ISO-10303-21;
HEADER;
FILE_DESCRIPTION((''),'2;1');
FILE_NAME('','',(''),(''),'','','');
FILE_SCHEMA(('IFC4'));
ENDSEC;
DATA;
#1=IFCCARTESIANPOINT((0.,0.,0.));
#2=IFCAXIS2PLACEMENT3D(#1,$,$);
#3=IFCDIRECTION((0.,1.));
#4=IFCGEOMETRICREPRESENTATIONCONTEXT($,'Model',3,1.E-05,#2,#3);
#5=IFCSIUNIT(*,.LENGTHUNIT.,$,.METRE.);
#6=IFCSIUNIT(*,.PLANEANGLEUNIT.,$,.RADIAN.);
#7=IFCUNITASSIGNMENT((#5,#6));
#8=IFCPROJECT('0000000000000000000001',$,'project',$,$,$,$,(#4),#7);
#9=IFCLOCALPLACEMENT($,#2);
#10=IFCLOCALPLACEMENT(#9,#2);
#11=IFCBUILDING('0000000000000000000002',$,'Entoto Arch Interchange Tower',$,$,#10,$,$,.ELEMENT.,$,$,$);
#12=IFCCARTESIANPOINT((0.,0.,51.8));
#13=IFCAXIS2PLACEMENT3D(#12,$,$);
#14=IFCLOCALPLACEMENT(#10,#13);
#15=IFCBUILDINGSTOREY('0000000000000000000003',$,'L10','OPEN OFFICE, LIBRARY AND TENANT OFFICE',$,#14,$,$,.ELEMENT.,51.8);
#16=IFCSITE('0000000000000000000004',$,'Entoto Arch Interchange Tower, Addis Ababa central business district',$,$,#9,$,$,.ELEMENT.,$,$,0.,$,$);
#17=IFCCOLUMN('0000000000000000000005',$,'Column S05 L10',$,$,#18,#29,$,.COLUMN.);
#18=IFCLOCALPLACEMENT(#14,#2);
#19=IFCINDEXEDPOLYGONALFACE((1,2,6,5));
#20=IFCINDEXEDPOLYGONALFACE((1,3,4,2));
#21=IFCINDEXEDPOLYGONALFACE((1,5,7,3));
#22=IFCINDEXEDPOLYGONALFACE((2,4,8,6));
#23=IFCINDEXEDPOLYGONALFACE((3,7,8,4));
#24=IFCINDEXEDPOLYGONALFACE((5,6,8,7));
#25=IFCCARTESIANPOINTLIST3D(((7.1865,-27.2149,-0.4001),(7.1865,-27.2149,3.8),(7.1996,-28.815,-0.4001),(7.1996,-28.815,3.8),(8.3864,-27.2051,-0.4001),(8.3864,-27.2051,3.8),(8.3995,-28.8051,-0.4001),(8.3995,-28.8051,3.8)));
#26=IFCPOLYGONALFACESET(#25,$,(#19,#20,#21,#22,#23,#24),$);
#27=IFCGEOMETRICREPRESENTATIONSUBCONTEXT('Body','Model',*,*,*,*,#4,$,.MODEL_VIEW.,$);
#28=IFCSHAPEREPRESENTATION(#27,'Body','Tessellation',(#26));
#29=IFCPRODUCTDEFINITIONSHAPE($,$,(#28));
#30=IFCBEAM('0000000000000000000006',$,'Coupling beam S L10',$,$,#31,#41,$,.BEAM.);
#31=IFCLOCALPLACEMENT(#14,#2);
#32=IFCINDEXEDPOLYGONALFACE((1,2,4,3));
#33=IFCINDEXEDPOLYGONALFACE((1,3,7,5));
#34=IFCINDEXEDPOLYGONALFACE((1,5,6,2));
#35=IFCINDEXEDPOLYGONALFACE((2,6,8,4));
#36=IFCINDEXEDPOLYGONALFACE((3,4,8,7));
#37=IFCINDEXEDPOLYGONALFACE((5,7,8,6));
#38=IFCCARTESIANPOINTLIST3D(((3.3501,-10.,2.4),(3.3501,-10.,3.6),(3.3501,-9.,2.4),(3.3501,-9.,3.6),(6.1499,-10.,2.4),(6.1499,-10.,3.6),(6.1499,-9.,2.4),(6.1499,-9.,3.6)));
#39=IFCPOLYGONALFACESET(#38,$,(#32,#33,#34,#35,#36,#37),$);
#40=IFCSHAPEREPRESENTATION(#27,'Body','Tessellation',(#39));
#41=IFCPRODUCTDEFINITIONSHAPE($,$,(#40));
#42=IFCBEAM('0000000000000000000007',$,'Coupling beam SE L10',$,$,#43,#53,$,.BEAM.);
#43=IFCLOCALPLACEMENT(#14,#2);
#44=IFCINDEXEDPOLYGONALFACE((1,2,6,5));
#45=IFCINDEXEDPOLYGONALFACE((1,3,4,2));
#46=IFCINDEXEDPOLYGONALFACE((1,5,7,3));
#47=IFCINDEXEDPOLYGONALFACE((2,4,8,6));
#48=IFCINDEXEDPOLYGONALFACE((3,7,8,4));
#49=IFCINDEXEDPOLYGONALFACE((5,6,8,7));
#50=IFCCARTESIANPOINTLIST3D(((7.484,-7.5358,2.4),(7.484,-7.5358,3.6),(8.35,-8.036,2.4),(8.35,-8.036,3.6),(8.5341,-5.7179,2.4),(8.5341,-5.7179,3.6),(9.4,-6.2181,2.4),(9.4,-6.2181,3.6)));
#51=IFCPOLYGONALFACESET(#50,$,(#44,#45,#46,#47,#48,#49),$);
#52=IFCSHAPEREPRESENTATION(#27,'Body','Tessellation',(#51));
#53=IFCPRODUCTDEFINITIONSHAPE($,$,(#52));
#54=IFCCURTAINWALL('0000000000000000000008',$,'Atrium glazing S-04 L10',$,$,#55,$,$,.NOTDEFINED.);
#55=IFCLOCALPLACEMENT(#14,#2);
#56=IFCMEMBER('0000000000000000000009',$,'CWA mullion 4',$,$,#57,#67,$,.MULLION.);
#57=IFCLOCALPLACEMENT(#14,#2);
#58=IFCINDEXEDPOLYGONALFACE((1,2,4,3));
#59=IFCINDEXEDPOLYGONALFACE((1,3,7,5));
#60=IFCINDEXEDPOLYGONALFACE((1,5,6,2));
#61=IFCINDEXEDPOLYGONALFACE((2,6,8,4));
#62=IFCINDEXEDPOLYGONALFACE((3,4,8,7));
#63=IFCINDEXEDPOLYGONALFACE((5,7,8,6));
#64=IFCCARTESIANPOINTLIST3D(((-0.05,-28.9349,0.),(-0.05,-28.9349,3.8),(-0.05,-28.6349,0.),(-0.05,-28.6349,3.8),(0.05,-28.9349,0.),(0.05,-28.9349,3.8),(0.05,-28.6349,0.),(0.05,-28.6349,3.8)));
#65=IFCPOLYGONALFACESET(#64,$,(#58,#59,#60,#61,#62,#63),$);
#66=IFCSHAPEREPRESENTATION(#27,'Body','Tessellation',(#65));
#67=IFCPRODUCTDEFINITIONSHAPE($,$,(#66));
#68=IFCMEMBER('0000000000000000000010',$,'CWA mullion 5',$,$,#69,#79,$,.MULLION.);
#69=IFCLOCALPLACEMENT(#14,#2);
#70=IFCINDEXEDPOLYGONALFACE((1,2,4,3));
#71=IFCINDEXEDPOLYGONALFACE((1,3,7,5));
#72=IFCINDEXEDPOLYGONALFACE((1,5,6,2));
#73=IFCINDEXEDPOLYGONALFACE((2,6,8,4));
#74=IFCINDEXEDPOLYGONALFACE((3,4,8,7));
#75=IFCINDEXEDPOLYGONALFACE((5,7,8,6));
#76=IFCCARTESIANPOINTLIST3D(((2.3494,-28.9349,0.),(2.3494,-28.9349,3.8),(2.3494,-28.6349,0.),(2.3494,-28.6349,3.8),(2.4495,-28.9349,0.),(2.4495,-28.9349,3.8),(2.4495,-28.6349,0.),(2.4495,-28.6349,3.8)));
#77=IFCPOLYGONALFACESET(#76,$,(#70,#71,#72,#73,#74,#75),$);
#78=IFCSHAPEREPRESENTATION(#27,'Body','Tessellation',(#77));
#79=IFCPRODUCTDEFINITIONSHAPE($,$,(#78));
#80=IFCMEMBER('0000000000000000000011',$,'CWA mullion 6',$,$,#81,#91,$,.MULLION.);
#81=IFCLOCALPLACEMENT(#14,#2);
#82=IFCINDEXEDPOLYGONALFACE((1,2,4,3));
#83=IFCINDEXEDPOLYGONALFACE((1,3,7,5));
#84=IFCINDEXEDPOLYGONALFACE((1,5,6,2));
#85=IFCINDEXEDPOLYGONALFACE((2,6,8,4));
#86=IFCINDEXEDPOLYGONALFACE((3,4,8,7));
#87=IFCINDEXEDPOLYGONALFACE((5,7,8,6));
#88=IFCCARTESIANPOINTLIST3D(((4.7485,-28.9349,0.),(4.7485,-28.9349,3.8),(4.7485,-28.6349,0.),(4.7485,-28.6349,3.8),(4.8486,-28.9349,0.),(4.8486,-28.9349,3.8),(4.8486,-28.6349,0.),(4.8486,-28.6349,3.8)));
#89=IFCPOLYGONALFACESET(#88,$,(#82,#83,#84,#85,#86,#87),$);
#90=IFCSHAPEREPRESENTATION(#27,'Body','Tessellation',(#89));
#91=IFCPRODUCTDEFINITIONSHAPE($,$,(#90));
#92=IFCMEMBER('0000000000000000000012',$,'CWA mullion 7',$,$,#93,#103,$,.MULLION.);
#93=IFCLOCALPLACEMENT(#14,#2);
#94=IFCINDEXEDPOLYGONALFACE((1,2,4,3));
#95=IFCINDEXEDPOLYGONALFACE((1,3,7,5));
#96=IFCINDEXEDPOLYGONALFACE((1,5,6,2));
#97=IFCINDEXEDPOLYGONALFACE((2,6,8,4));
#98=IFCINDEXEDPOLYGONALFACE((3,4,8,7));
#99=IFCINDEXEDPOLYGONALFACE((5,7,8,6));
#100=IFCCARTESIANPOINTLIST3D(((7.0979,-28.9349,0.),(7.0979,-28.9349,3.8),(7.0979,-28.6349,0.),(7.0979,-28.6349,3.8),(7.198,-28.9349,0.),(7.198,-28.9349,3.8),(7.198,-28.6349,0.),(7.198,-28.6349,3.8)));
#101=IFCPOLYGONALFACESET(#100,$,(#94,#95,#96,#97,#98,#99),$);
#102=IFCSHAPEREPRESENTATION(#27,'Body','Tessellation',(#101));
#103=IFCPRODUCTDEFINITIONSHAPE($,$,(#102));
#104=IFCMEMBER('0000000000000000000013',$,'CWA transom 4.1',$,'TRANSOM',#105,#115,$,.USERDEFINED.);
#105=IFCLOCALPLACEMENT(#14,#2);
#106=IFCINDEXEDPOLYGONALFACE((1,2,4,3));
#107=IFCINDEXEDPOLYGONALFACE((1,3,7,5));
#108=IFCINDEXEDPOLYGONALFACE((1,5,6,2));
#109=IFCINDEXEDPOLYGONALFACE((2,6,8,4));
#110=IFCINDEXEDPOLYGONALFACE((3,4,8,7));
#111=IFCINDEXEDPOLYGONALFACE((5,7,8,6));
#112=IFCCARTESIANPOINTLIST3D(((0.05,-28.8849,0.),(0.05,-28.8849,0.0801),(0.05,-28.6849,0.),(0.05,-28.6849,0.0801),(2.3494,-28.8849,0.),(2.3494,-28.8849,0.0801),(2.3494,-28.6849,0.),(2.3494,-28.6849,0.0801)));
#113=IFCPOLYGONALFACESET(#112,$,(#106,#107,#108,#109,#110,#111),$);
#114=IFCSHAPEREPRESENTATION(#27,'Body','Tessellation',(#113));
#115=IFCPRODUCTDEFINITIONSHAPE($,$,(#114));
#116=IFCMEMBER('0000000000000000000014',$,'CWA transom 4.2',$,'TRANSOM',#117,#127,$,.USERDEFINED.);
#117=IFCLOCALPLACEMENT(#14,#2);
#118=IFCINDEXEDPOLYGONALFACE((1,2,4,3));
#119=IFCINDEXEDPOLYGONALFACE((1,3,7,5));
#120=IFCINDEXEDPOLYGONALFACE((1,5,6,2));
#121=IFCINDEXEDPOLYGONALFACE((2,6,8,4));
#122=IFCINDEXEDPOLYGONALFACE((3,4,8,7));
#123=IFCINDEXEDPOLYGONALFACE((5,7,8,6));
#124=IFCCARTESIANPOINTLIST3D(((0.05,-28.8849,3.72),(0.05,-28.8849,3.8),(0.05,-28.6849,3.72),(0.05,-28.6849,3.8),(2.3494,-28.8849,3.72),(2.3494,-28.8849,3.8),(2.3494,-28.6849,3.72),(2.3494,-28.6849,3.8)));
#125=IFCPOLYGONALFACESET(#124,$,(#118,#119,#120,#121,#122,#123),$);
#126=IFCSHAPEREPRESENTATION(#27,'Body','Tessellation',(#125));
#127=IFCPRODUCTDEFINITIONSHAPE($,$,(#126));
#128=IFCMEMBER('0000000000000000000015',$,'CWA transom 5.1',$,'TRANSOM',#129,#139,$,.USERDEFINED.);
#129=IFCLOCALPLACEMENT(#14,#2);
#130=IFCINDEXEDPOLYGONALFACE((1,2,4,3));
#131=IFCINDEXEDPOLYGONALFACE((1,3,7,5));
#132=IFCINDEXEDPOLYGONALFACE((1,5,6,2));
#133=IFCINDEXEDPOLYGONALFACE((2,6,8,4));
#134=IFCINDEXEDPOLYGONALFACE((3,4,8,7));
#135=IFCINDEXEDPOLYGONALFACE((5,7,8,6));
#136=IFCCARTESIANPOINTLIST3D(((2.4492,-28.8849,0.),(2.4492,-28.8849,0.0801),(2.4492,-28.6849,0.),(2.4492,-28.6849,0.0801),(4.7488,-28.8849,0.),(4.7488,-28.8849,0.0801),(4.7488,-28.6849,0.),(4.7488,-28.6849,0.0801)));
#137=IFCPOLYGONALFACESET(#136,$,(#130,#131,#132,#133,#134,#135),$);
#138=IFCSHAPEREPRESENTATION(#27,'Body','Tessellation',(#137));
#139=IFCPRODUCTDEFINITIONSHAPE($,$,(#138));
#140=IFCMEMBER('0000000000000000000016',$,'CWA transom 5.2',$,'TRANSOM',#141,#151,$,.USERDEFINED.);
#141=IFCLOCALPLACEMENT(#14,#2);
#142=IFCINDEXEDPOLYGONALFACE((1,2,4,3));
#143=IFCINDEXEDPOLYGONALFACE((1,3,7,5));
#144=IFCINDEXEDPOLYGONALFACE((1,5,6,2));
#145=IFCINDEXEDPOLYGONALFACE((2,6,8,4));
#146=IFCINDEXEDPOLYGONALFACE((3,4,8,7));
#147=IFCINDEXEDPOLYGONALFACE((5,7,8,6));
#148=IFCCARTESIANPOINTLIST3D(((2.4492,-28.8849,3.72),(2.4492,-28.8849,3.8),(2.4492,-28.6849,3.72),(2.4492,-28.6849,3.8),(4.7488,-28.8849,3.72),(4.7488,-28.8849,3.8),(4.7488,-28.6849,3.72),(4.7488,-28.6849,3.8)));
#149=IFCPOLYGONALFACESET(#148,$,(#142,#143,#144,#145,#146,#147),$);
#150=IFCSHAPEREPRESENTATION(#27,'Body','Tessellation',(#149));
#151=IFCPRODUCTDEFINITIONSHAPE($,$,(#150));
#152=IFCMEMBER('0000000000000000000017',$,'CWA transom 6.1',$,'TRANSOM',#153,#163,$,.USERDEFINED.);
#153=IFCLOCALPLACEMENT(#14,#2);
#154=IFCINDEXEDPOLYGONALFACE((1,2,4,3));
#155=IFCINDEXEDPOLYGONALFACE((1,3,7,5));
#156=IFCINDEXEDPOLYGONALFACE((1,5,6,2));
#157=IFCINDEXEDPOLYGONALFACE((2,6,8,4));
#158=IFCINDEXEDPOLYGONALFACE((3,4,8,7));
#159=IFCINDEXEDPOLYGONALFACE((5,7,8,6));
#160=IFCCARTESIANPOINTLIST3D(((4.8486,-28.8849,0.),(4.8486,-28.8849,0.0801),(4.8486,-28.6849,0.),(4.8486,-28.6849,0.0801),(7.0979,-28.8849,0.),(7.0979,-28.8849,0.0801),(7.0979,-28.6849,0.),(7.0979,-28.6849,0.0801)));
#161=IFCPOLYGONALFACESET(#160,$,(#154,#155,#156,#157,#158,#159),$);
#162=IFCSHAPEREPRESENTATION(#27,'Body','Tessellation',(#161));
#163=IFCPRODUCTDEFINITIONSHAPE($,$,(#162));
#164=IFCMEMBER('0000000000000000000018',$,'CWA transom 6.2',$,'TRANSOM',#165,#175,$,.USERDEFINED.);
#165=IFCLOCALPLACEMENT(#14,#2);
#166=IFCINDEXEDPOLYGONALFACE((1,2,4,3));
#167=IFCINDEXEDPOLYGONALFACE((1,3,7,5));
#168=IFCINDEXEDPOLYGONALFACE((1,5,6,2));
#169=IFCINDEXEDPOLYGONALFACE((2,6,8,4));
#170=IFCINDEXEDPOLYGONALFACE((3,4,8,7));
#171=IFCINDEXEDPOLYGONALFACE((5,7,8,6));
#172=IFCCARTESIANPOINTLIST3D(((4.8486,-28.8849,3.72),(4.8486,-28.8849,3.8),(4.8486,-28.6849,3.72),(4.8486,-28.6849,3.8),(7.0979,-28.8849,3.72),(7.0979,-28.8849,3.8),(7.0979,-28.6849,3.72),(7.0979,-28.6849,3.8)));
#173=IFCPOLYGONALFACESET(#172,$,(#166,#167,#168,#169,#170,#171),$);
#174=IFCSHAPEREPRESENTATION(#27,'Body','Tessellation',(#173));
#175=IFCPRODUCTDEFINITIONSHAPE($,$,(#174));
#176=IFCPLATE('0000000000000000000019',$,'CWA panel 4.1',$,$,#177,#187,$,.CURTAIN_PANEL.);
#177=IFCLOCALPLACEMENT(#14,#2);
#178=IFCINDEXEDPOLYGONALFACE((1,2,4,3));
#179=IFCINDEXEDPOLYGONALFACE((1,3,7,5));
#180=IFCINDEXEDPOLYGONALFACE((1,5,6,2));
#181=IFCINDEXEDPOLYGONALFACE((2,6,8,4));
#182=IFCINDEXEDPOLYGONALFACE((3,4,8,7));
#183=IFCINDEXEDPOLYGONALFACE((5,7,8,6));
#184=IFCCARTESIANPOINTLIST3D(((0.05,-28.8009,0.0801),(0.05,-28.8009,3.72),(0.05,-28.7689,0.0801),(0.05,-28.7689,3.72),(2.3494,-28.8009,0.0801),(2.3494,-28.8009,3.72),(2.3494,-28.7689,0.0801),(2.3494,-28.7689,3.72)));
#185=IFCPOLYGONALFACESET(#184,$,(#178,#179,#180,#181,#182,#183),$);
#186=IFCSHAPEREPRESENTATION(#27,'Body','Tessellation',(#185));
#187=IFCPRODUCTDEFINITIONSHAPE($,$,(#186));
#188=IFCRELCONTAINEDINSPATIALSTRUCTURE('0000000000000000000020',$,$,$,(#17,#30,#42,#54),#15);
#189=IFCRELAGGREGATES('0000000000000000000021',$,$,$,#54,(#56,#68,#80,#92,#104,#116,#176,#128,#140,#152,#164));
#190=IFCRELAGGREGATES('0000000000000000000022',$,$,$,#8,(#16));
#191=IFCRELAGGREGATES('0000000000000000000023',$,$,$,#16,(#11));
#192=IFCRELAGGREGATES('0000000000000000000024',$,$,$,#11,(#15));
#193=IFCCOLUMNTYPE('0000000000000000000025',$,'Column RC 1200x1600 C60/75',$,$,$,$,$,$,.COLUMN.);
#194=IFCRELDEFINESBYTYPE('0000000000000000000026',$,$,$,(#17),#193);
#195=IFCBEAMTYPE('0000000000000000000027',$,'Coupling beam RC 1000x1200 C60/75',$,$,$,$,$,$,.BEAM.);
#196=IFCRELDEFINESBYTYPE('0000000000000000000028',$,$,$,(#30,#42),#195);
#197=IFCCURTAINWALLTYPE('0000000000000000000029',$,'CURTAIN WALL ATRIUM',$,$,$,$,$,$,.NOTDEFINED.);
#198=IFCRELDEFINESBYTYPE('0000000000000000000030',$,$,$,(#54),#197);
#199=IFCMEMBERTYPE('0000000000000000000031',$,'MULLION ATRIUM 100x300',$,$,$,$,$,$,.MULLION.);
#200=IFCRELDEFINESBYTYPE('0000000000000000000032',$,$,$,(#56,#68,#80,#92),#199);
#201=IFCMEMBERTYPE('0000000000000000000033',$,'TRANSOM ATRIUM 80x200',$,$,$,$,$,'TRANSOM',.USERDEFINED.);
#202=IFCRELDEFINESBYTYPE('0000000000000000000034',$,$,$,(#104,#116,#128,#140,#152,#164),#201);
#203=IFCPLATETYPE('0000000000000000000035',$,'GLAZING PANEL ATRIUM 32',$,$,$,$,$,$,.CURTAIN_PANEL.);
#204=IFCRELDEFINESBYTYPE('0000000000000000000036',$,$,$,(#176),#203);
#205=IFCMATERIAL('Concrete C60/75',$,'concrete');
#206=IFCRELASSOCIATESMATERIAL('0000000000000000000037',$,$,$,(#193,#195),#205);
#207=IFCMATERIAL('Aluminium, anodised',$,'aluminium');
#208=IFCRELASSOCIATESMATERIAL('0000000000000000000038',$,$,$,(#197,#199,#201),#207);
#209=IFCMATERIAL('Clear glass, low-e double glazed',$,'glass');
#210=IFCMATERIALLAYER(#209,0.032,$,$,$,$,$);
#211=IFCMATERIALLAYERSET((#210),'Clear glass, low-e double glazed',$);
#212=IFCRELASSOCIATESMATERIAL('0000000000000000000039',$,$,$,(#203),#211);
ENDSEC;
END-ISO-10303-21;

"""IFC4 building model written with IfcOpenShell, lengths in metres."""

from ifc_helpers import new_model, si_unit, direction, frame, origin, origin_2d, place, context, subcontext, project, spatial, rectangle, extrude, material, layer, layer_set, material_profile, profile_set, type_object, element, aggregate, save


model = new_model("IFC4")

# Units and contexts
model_context = context("Model", 3, precision=1e-05, world=origin(), true_north=direction((0.0, 1.0)))
body_context = subcontext(model_context, "Body", "Model", "MODEL_VIEW")
ifc_project = project(units=[si_unit("LENGTHUNIT", "METRE"), si_unit("PLANEANGLEUNIT", "RADIAN")], contexts=[model_context])

# Site, building, storey
site_placement = place(None, origin())
site = spatial("IfcSite", under=ifc_project, at=site_placement, Name="Entoto Arch Interchange Tower, Addis Ababa central business district", CompositionType="ELEMENT", RefElevation=0.0)
building_placement = place(site_placement, origin())
building = spatial("IfcBuilding", under=site, at=building_placement, Name="Entoto Arch Interchange Tower", CompositionType="ELEMENT")
storey_placement = place(building_placement, frame((0.0, 0.0, 51.8)))
storey = spatial("IfcBuildingStorey", under=building, at=storey_placement, Name="L10", Description="OPEN OFFICE, LIBRARY AND TENANT OFFICE", CompositionType="ELEMENT", Elevation=51.8)

# Column
ifc_material_1 = material(Name="Concrete C60/75", Category="concrete")
ifc_material_profile_1 = material_profile(ifc_material_1, rectangle(XDim=1.2, YDim=1.6001, at=origin_2d()))
ifc_profile_set_1 = profile_set([ifc_material_profile_1], Name="Concrete C60/75")
column_type = type_object("IfcColumnType", Name="Column RC 1200x1600 C60/75", PredefinedType="COLUMN", material=ifc_profile_set_1)
column_placement = place(storey_placement, frame((7.793, -28.01, -0.4001), z_axis=(0.0, 0.0, 1.0), x_axis=(0.999966, 0.008203, 0.0)))
element("IfcColumn", 1, at=column_placement, inside=storey, type_object=column_type, Name="Column S05 L10", PredefinedType="COLUMN", context=body_context, shape_type="SweptSolid", body=[
    extrude(rectangle(XDim=1.2, YDim=1.6001, at=origin_2d()), origin(), (0.0, 0.0, 1.0), 4.2002),
])

# Beams
ifc_material_profile_2 = material_profile(ifc_material_1, rectangle(XDim=1.0, YDim=1.2, at=origin_2d()))
ifc_profile_set_2 = profile_set([ifc_material_profile_2], Name="Concrete C60/75")
beam_type = type_object("IfcBeamType", Name="Coupling beam RC 1000x1200 C60/75", PredefinedType="BEAM", material=ifc_profile_set_2)
beam_1_placement = place(storey_placement, frame((3.3501, -9.5, 3.0), z_axis=(1.0, 0.0, 0.0), x_axis=(0.0, 1.0, 0.0)))
element("IfcBeam", 2, at=beam_1_placement, inside=storey, type_object=beam_type, Name="Coupling beam S L10", PredefinedType="BEAM", context=body_context, shape_type="SweptSolid", body=[
    extrude(rectangle(XDim=1.0, YDim=1.2, at=origin_2d()), origin(), (0.0, 0.0, 1.0), 2.7998),
])
beam_2_placement = place(storey_placement, frame((7.917, -7.7859, 3.0), z_axis=(0.500179, 0.865922, 0.0), x_axis=(-0.865922, 0.500179, 0.0)))
element("IfcBeam", 3, at=beam_2_placement, inside=storey, type_object=beam_type, Name="Coupling beam SE L10", PredefinedType="BEAM", context=body_context, shape_type="SweptSolid", body=[
    extrude(rectangle(XDim=1.0, YDim=1.2, at=origin_2d()), origin(), (0.0, 0.0, 1.0), 2.0994),
])

# Curtain wall, members, plate
ifc_material_2 = material(Name="Aluminium, anodised", Category="aluminium")
curtain_wall_type = type_object("IfcCurtainWallType", Name="CURTAIN WALL ATRIUM", PredefinedType="NOTDEFINED", material=ifc_material_2)
curtain_wall_placement = place(storey_placement, origin())
curtain_wall = element("IfcCurtainWall", 4, at=curtain_wall_placement, inside=storey, type_object=curtain_wall_type, Name="Atrium glazing S-04 L10", PredefinedType="NOTDEFINED")
ifc_material_profile_3 = material_profile(ifc_material_2, rectangle(XDim=0.3, YDim=0.1001, at=origin_2d()))
ifc_profile_set_3 = profile_set([ifc_material_profile_3], Name="Aluminium, anodised")
member_type_1 = type_object("IfcMemberType", Name="MULLION ATRIUM 100x300", PredefinedType="MULLION", material=ifc_profile_set_3)
member_1_placement = place(storey_placement, frame((0.0, -28.7849, 0.0), z_axis=(0.0, 0.0, 1.0), x_axis=(0.0, 1.0, 0.0)))
member_1 = element("IfcMember", 5, at=member_1_placement, type_object=member_type_1, Name="CWA mullion 4", PredefinedType="MULLION", context=body_context, shape_type="SweptSolid", body=[
    extrude(rectangle(XDim=0.3, YDim=0.1001, at=origin_2d()), origin(), (0.0, 0.0, 1.0), 3.8),
])
member_2_placement = place(storey_placement, frame((2.3994, -28.7849, 0.0), z_axis=(0.0, 0.0, 1.0), x_axis=(0.0, 1.0, 0.0)))
member_2 = element("IfcMember", 6, at=member_2_placement, type_object=member_type_1, Name="CWA mullion 5", PredefinedType="MULLION", context=body_context, shape_type="SweptSolid", body=[
    extrude(rectangle(XDim=0.3, YDim=0.1001, at=origin_2d()), origin(), (0.0, 0.0, 1.0), 3.8),
])
member_3_placement = place(storey_placement, frame((4.7986, -28.7849, 0.0), z_axis=(0.0, 0.0, 1.0), x_axis=(0.0, 1.0, 0.0)))
member_3 = element("IfcMember", 7, at=member_3_placement, type_object=member_type_1, Name="CWA mullion 6", PredefinedType="MULLION", context=body_context, shape_type="SweptSolid", body=[
    extrude(rectangle(XDim=0.3, YDim=0.1001, at=origin_2d()), origin(), (0.0, 0.0, 1.0), 3.8),
])
member_4_placement = place(storey_placement, frame((7.1479, -28.7849, 0.0), z_axis=(0.0, 0.0, 1.0), x_axis=(0.0, 1.0, 0.0)))
member_4 = element("IfcMember", 8, at=member_4_placement, type_object=member_type_1, Name="CWA mullion 7", PredefinedType="MULLION", context=body_context, shape_type="SweptSolid", body=[
    extrude(rectangle(XDim=0.3, YDim=0.1001, at=origin_2d()), origin(), (0.0, 0.0, 1.0), 3.8),
])
ifc_material_profile_4 = material_profile(ifc_material_2, rectangle(XDim=0.2, YDim=0.0801, at=origin_2d()))
ifc_profile_set_4 = profile_set([ifc_material_profile_4], Name="Aluminium, anodised")
member_type_2 = type_object("IfcMemberType", Name="TRANSOM ATRIUM 80x200", ElementType="TRANSOM", PredefinedType="USERDEFINED", material=ifc_profile_set_4)
member_5_placement = place(storey_placement, frame((0.05, -28.7849, 0.04), z_axis=(1.0, 0.0, 0.0), x_axis=(0.0, 1.0, 0.0)))
member_5 = element("IfcMember", 9, at=member_5_placement, type_object=member_type_2, Name="CWA transom 4.1", ObjectType="TRANSOM", PredefinedType="USERDEFINED", context=body_context, shape_type="SweptSolid", body=[
    extrude(rectangle(XDim=0.2, YDim=0.0801, at=origin_2d()), origin(), (0.0, 0.0, 1.0), 2.2993),
])
member_6_placement = place(storey_placement, frame((0.05, -28.7849, 3.76), z_axis=(1.0, 0.0, 0.0), x_axis=(0.0, 1.0, 0.0)))
member_6 = element("IfcMember", 10, at=member_6_placement, type_object=member_type_2, Name="CWA transom 4.2", ObjectType="TRANSOM", PredefinedType="USERDEFINED", context=body_context, shape_type="SweptSolid", body=[
    extrude(rectangle(XDim=0.2, YDim=0.0801, at=origin_2d()), origin(), (0.0, 0.0, 1.0), 2.2993),
])
member_7_placement = place(storey_placement, frame((2.4492, -28.7849, 0.04), z_axis=(1.0, 0.0, 0.0), x_axis=(0.0, 1.0, 0.0)))
member_7 = element("IfcMember", 11, at=member_7_placement, type_object=member_type_2, Name="CWA transom 5.1", ObjectType="TRANSOM", PredefinedType="USERDEFINED", context=body_context, shape_type="SweptSolid", body=[
    extrude(rectangle(XDim=0.2, YDim=0.0801, at=origin_2d()), origin(), (0.0, 0.0, 1.0), 2.2996),
])
member_8_placement = place(storey_placement, frame((2.4492, -28.7849, 3.76), z_axis=(1.0, 0.0, 0.0), x_axis=(0.0, 1.0, 0.0)))
member_8 = element("IfcMember", 12, at=member_8_placement, type_object=member_type_2, Name="CWA transom 5.2", ObjectType="TRANSOM", PredefinedType="USERDEFINED", context=body_context, shape_type="SweptSolid", body=[
    extrude(rectangle(XDim=0.2, YDim=0.0801, at=origin_2d()), origin(), (0.0, 0.0, 1.0), 2.2996),
])
member_9_placement = place(storey_placement, frame((4.8486, -28.7849, 0.04), z_axis=(1.0, 0.0, 0.0), x_axis=(0.0, 1.0, 0.0)))
member_9 = element("IfcMember", 13, at=member_9_placement, type_object=member_type_2, Name="CWA transom 6.1", ObjectType="TRANSOM", PredefinedType="USERDEFINED", context=body_context, shape_type="SweptSolid", body=[
    extrude(rectangle(XDim=0.2, YDim=0.0801, at=origin_2d()), origin(), (0.0, 0.0, 1.0), 2.2493),
])
member_10_placement = place(storey_placement, frame((4.8486, -28.7849, 3.76), z_axis=(1.0, 0.0, 0.0), x_axis=(0.0, 1.0, 0.0)))
member_10 = element("IfcMember", 14, at=member_10_placement, type_object=member_type_2, Name="CWA transom 6.2", ObjectType="TRANSOM", PredefinedType="USERDEFINED", context=body_context, shape_type="SweptSolid", body=[
    extrude(rectangle(XDim=0.2, YDim=0.0801, at=origin_2d()), origin(), (0.0, 0.0, 1.0), 2.2493),
])
ifc_material_3 = material(Name="Clear glass, low-e double glazed", Category="glass")
ifc_layer_1 = layer(ifc_material_3, 0.032)
ifc_layer_set_1 = layer_set([ifc_layer_1], Name="Clear glass, low-e double glazed")
plate_type = type_object("IfcPlateType", Name="GLAZING PANEL ATRIUM 32", PredefinedType="CURTAIN_PANEL", material=ifc_layer_set_1)
plate_1_placement = place(storey_placement, frame((1.1997, -28.7849, 0.0801), z_axis=(0.0, 0.0, 1.0), x_axis=(1.0, 0.0, 0.0)))
plate_1 = element("IfcPlate", 15, at=plate_1_placement, type_object=plate_type, Name="CWA panel 4.1", PredefinedType="CURTAIN_PANEL", context=body_context, shape_type="SweptSolid", body=[
    extrude(rectangle(XDim=2.2993, YDim=0.032, at=origin_2d()), origin(), (0.0, 0.0, 1.0), 3.6399),
])
aggregate(curtain_wall, [member_1, member_2, member_3, member_4, member_5, member_6, plate_1, member_7, member_8, member_9, member_10])

save(model, "model.ifc")
